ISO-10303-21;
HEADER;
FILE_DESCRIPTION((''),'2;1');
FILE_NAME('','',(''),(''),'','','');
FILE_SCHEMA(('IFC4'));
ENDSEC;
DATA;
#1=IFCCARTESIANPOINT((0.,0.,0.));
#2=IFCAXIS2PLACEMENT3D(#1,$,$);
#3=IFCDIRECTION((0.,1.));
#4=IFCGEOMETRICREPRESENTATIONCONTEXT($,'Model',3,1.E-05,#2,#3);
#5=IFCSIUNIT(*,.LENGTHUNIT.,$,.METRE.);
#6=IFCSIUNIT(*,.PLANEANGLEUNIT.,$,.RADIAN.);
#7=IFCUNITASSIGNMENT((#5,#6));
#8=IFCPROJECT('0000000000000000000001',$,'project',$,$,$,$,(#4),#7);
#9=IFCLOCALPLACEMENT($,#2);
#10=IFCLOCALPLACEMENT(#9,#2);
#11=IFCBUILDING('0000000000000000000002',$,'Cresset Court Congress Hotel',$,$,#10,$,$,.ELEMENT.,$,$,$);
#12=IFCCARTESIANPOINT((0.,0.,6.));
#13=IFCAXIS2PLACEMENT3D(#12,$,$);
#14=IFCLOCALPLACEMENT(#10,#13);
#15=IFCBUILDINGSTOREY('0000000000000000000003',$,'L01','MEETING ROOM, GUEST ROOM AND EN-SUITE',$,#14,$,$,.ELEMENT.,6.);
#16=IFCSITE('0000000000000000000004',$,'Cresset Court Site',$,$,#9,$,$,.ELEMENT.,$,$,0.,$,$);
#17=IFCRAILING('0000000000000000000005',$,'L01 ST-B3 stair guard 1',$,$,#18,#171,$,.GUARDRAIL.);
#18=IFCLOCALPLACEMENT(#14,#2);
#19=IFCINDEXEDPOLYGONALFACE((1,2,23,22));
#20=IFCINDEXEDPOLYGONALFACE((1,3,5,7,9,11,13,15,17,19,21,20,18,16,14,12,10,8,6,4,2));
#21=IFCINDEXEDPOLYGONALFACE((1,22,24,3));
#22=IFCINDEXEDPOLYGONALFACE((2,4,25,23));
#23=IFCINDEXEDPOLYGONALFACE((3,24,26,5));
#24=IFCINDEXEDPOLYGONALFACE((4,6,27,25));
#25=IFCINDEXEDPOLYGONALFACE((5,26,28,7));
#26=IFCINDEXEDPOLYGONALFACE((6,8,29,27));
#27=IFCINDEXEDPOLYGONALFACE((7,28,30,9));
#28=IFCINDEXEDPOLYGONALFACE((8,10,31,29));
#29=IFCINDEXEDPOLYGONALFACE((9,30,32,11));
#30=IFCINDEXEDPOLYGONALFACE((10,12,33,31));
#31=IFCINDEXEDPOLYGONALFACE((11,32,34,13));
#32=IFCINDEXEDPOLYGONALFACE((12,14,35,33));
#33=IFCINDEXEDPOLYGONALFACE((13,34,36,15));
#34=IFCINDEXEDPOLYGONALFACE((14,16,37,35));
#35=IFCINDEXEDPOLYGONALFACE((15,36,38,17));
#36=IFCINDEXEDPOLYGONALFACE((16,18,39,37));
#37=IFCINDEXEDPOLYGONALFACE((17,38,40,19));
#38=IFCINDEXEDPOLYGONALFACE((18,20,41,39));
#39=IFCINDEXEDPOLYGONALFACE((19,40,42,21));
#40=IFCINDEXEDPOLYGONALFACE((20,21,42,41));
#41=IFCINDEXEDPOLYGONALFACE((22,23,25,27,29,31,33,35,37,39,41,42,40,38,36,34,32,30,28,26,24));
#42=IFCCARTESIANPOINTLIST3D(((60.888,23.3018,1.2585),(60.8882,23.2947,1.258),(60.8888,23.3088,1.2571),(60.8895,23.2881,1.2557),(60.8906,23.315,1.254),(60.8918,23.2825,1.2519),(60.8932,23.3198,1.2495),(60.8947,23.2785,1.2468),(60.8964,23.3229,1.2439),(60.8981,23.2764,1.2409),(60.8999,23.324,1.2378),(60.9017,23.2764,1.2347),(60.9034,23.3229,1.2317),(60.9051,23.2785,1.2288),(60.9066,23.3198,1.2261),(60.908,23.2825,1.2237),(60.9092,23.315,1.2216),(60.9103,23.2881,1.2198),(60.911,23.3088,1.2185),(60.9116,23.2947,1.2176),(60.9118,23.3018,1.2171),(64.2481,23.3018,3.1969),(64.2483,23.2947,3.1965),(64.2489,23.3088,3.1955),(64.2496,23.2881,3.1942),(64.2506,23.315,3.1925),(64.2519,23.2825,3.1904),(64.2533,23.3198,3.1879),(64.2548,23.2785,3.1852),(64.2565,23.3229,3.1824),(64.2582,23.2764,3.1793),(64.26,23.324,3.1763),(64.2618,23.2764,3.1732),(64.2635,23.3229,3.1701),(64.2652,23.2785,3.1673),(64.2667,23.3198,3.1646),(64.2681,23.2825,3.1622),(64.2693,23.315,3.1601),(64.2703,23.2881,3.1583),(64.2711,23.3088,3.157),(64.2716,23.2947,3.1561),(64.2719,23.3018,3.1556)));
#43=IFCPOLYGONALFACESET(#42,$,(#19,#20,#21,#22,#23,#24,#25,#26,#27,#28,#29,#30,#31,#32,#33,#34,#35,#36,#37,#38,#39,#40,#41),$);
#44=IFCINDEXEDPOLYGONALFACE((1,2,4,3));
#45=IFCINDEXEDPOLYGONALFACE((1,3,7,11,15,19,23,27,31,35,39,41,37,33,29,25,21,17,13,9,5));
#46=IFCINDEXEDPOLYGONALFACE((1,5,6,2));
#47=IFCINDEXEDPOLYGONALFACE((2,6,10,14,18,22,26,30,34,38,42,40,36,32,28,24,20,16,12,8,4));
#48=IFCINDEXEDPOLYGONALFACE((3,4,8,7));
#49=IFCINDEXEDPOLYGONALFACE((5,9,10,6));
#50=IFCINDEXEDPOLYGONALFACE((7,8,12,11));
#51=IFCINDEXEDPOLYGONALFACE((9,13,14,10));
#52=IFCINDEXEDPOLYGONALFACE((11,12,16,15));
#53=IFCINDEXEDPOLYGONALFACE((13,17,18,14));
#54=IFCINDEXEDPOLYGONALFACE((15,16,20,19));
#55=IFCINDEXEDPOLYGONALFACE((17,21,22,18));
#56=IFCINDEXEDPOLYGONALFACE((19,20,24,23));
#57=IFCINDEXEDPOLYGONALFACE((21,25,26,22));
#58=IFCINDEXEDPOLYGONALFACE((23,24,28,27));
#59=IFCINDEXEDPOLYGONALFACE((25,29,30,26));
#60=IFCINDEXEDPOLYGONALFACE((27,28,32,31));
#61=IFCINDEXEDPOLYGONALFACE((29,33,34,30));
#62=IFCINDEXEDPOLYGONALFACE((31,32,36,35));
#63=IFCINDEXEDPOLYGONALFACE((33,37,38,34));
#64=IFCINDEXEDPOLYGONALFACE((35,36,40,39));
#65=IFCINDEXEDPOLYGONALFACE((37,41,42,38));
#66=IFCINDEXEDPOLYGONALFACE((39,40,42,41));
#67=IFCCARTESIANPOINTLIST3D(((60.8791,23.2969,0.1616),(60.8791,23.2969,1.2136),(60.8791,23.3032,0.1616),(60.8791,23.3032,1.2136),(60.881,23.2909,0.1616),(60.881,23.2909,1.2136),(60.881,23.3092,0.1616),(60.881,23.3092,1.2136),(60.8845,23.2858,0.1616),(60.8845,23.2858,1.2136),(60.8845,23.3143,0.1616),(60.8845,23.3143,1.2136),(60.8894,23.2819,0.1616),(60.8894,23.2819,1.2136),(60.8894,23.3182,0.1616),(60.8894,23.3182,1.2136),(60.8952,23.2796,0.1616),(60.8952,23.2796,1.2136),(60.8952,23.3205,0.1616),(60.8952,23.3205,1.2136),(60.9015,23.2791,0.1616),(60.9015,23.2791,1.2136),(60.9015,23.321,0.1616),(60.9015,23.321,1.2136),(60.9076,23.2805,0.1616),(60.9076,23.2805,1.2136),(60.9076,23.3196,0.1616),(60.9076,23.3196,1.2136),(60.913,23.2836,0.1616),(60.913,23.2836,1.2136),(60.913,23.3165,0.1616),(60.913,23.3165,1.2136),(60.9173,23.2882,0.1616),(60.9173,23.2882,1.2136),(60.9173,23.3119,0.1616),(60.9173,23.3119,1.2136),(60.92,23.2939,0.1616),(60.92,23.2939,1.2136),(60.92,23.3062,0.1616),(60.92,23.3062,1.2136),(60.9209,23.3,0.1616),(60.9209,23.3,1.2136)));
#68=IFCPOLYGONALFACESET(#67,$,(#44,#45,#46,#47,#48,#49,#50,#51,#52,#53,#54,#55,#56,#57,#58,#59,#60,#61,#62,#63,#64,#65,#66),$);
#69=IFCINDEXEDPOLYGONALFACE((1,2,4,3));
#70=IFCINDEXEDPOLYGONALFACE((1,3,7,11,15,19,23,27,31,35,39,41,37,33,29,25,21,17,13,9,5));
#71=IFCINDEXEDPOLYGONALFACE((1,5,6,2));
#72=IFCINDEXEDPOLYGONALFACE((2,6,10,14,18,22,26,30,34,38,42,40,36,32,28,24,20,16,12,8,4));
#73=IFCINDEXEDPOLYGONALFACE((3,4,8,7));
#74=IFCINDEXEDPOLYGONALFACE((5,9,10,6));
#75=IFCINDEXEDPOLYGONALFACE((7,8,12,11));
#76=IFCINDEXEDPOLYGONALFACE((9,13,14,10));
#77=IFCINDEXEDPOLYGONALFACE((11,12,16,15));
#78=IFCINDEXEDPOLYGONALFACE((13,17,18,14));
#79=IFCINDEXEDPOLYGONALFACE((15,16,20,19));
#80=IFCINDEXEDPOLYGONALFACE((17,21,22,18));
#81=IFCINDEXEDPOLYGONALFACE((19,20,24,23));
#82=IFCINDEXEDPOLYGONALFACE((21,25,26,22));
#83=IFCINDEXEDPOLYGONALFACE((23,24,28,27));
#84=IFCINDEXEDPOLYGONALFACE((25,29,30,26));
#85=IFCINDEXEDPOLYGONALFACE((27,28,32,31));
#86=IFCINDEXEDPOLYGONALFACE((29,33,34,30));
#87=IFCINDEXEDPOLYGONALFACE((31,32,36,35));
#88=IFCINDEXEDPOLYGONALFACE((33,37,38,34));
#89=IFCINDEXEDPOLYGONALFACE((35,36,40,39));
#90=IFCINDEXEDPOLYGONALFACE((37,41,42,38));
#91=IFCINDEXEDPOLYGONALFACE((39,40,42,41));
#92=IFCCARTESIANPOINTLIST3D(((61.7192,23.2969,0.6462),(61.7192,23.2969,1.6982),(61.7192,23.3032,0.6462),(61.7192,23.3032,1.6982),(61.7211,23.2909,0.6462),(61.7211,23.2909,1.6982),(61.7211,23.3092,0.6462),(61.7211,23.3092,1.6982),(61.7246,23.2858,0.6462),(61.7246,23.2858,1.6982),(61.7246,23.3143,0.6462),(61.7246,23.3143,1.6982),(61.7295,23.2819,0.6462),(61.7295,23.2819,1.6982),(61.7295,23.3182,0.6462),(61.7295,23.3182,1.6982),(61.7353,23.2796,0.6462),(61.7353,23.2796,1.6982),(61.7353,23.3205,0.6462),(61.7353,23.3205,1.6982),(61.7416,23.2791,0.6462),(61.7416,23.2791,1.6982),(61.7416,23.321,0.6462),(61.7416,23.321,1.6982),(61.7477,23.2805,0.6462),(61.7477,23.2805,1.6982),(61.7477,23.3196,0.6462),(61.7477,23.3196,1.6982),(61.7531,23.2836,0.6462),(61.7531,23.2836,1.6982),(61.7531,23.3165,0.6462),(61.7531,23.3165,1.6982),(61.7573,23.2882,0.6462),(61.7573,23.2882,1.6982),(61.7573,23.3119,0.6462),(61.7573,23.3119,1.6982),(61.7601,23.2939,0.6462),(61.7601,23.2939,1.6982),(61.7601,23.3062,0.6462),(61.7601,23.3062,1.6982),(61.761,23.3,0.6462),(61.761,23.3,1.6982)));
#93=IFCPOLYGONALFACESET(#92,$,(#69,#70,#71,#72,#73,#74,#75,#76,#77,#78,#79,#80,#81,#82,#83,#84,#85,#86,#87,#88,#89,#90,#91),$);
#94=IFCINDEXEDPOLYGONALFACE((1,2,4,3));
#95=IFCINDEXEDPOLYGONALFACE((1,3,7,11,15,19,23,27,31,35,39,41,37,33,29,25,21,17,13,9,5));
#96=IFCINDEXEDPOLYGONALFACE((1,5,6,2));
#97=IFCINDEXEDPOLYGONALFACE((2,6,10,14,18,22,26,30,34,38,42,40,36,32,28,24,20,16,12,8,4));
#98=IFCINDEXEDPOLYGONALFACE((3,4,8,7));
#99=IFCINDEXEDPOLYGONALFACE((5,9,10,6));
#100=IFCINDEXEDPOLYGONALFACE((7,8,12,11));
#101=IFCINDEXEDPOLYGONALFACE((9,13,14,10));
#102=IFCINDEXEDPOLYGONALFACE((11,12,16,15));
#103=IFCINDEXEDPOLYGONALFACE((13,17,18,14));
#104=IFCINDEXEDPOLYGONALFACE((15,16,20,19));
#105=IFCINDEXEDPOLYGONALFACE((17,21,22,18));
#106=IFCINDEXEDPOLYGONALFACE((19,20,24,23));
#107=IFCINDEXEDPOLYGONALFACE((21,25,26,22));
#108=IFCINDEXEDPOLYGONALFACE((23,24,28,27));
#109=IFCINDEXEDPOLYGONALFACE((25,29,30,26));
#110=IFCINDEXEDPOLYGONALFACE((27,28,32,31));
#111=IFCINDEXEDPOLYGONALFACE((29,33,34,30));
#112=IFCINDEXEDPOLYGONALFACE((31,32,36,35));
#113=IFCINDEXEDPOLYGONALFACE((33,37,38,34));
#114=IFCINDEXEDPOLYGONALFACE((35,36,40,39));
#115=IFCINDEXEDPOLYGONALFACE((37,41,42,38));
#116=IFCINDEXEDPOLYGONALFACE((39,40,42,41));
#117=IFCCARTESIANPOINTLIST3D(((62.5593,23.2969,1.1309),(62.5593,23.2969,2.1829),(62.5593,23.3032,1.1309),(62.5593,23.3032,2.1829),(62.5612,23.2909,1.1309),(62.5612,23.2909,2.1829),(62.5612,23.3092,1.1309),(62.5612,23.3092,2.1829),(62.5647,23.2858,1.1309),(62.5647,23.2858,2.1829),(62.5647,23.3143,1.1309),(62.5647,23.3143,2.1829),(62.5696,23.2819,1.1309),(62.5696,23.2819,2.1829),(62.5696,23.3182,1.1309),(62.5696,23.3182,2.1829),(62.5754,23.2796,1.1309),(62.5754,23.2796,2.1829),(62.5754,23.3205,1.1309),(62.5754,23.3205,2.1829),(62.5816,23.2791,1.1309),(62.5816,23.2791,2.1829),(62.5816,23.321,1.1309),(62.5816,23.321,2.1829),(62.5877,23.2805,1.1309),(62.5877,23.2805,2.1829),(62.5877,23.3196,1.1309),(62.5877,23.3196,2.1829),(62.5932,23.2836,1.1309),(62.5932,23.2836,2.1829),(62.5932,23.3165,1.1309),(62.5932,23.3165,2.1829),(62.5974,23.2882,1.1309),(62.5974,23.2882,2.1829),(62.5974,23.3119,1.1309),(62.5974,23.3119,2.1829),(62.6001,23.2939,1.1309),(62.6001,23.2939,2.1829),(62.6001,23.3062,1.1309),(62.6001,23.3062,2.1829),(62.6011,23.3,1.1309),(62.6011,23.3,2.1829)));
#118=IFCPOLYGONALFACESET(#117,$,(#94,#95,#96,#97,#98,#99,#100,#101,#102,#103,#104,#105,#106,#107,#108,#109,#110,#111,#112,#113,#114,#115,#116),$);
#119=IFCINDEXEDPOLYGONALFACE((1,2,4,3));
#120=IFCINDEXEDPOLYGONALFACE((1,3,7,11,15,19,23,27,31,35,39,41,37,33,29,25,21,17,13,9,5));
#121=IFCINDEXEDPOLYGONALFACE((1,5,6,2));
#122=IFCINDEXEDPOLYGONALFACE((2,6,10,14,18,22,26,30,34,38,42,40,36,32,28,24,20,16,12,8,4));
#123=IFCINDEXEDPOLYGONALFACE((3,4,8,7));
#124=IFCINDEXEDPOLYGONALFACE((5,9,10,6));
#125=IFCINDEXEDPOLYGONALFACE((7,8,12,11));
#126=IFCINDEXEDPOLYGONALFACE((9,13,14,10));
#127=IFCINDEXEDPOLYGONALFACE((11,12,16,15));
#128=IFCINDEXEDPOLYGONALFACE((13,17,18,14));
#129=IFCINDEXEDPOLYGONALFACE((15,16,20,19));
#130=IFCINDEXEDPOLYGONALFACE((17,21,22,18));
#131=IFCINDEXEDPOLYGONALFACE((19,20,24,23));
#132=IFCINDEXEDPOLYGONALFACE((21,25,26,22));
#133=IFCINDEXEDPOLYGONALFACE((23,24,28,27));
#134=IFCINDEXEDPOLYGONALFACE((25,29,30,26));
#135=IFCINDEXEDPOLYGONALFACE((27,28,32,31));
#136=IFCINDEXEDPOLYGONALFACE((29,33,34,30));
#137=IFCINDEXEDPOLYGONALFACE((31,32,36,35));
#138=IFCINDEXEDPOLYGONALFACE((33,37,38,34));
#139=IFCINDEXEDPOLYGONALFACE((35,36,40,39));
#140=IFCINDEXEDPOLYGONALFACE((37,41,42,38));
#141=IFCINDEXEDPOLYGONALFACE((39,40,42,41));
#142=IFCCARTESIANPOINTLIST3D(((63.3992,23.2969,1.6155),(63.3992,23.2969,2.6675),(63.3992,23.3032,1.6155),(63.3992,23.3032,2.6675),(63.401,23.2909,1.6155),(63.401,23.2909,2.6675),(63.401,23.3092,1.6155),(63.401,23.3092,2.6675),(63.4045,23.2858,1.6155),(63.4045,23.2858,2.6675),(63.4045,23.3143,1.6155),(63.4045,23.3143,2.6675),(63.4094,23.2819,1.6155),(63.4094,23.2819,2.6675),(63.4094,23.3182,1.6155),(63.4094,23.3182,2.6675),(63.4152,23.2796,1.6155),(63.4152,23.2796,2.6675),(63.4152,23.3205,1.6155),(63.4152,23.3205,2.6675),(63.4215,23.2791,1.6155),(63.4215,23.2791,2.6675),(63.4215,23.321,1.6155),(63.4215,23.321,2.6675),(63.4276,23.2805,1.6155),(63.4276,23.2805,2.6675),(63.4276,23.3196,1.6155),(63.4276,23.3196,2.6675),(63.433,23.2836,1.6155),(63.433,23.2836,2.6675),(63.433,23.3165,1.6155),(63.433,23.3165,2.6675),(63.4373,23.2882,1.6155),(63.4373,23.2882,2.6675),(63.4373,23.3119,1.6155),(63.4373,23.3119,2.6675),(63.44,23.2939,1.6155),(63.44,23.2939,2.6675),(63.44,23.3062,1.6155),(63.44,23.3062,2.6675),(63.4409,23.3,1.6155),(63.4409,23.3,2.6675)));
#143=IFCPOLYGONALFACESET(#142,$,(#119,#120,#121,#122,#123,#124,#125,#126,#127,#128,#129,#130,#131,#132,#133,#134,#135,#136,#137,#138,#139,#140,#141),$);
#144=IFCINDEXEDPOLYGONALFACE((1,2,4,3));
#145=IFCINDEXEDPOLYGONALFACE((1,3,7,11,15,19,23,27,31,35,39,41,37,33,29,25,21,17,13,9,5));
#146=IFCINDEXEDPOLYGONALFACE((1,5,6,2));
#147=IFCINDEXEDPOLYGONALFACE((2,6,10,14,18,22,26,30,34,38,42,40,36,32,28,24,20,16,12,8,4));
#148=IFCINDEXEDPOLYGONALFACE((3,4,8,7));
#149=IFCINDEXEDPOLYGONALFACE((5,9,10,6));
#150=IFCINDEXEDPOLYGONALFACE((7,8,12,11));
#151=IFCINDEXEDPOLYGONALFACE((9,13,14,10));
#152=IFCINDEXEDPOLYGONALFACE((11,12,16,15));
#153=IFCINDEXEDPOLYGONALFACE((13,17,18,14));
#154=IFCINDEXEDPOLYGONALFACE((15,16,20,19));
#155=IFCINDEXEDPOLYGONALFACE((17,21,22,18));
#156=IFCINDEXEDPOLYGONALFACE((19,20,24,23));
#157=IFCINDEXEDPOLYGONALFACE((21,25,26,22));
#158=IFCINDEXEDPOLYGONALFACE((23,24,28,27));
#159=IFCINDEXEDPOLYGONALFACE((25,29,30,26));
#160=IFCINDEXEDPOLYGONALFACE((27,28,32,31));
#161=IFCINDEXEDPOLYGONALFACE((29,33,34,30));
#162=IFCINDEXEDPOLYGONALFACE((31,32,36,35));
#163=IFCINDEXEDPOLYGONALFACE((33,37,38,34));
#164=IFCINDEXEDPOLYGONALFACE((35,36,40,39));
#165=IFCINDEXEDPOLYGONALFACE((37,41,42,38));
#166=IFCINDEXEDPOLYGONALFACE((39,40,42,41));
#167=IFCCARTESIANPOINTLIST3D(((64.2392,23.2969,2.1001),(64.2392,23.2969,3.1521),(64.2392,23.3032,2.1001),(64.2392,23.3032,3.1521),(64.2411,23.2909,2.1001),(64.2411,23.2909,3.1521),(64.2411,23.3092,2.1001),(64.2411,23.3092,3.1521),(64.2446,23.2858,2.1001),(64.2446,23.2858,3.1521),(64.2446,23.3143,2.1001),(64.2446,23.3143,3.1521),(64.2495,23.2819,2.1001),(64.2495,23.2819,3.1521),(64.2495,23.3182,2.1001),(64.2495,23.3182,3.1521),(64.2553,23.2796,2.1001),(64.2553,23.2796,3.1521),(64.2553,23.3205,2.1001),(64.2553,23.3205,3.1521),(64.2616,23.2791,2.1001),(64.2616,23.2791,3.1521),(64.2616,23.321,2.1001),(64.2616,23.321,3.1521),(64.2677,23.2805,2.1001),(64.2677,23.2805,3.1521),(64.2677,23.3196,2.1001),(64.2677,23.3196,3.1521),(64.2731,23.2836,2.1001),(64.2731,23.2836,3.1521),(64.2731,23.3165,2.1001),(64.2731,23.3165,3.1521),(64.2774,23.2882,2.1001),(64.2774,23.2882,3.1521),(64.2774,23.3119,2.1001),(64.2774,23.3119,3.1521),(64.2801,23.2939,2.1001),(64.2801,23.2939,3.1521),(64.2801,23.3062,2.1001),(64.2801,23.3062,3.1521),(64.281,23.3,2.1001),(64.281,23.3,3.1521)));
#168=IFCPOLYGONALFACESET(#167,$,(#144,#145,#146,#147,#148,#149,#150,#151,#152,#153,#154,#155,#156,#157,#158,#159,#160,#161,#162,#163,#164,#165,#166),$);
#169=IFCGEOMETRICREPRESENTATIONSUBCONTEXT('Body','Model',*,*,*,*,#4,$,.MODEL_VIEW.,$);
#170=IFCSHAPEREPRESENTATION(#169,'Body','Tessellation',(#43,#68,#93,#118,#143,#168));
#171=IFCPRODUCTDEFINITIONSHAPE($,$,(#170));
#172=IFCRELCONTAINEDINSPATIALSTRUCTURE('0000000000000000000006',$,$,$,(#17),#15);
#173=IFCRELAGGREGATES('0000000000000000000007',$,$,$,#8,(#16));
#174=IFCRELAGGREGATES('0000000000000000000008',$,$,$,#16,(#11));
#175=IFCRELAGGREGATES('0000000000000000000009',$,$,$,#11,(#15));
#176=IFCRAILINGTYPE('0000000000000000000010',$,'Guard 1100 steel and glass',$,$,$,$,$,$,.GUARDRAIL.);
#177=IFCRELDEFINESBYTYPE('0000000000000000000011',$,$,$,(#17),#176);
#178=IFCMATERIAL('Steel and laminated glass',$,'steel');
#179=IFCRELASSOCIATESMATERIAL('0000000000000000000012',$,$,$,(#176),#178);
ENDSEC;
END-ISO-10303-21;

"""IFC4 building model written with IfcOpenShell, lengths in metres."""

from ifc_helpers import new_model, si_unit, direction, frame, origin, origin_2d, place, context, subcontext, project, spatial, circle, extrude, material, type_object, element, save


model = new_model("IFC4")

# Units and contexts
model_context = context("Model", 3, precision=1e-05, world=origin(), true_north=direction((0.0, 1.0)))
body_context = subcontext(model_context, "Body", "Model", "MODEL_VIEW")
ifc_project = project(units=[si_unit("LENGTHUNIT", "METRE"), si_unit("PLANEANGLEUNIT", "RADIAN")], contexts=[model_context])

# Site, building, storey
site_placement = place(None, origin())
site = spatial("IfcSite", under=ifc_project, at=site_placement, Name="Cresset Court Site", CompositionType="ELEMENT", RefElevation=0.0)
building_placement = place(site_placement, origin())
building = spatial("IfcBuilding", under=site, at=building_placement, Name="Cresset Court Congress Hotel", CompositionType="ELEMENT")
storey_placement = place(building_placement, frame((0.0, 0.0, 6.0)))
storey = spatial("IfcBuildingStorey", under=building, at=storey_placement, Name="L01", Description="MEETING ROOM, GUEST ROOM AND EN-SUITE", CompositionType="ELEMENT", Elevation=6.0)

# Railing
ifc_material_1 = material(Name="Steel and laminated glass", Category="steel")
railing_type = type_object("IfcRailingType", Name="Guard 1100 steel and glass", PredefinedType="GUARDRAIL", material=ifc_material_1)
railing_placement = place(storey_placement, frame((60.8999, 23.3, 0.1616)))
element("IfcRailing", 1, at=railing_placement, inside=storey, type_object=railing_type, Name="L01 ST-B3 stair guard 1", PredefinedType="GUARDRAIL", context=body_context, shape_type="SweptSolid", body=[
    extrude(circle(Radius=0.0239, at=origin_2d()), frame((0.0, 0.0, 1.0762), z_axis=(0.866191, 0.0, 0.499713), x_axis=(0.0, 1.0, 0.0)), (0.0, 0.0, 1.0), 3.8792),
    extrude(circle(Radius=0.021, at=origin_2d()), origin(), (0.0, 0.0, 1.0), 1.052),
    extrude(circle(Radius=0.021, at=origin_2d()), frame((0.8401, 0.0, 0.4846)), (0.0, 0.0, 1.0), 1.052),
    extrude(circle(Radius=0.021, at=origin_2d()), frame((1.6802, 0.0, 0.9692)), (0.0, 0.0, 1.0), 1.052),
    extrude(circle(Radius=0.021, at=origin_2d()), frame((2.52, 0.0, 1.4539)), (0.0, 0.0, 1.0), 1.052),
    extrude(circle(Radius=0.021, at=origin_2d()), frame((3.3601, 0.0, 1.9385)), (0.0, 0.0, 1.0), 1.052),
])

save(model, "model.ifc")
